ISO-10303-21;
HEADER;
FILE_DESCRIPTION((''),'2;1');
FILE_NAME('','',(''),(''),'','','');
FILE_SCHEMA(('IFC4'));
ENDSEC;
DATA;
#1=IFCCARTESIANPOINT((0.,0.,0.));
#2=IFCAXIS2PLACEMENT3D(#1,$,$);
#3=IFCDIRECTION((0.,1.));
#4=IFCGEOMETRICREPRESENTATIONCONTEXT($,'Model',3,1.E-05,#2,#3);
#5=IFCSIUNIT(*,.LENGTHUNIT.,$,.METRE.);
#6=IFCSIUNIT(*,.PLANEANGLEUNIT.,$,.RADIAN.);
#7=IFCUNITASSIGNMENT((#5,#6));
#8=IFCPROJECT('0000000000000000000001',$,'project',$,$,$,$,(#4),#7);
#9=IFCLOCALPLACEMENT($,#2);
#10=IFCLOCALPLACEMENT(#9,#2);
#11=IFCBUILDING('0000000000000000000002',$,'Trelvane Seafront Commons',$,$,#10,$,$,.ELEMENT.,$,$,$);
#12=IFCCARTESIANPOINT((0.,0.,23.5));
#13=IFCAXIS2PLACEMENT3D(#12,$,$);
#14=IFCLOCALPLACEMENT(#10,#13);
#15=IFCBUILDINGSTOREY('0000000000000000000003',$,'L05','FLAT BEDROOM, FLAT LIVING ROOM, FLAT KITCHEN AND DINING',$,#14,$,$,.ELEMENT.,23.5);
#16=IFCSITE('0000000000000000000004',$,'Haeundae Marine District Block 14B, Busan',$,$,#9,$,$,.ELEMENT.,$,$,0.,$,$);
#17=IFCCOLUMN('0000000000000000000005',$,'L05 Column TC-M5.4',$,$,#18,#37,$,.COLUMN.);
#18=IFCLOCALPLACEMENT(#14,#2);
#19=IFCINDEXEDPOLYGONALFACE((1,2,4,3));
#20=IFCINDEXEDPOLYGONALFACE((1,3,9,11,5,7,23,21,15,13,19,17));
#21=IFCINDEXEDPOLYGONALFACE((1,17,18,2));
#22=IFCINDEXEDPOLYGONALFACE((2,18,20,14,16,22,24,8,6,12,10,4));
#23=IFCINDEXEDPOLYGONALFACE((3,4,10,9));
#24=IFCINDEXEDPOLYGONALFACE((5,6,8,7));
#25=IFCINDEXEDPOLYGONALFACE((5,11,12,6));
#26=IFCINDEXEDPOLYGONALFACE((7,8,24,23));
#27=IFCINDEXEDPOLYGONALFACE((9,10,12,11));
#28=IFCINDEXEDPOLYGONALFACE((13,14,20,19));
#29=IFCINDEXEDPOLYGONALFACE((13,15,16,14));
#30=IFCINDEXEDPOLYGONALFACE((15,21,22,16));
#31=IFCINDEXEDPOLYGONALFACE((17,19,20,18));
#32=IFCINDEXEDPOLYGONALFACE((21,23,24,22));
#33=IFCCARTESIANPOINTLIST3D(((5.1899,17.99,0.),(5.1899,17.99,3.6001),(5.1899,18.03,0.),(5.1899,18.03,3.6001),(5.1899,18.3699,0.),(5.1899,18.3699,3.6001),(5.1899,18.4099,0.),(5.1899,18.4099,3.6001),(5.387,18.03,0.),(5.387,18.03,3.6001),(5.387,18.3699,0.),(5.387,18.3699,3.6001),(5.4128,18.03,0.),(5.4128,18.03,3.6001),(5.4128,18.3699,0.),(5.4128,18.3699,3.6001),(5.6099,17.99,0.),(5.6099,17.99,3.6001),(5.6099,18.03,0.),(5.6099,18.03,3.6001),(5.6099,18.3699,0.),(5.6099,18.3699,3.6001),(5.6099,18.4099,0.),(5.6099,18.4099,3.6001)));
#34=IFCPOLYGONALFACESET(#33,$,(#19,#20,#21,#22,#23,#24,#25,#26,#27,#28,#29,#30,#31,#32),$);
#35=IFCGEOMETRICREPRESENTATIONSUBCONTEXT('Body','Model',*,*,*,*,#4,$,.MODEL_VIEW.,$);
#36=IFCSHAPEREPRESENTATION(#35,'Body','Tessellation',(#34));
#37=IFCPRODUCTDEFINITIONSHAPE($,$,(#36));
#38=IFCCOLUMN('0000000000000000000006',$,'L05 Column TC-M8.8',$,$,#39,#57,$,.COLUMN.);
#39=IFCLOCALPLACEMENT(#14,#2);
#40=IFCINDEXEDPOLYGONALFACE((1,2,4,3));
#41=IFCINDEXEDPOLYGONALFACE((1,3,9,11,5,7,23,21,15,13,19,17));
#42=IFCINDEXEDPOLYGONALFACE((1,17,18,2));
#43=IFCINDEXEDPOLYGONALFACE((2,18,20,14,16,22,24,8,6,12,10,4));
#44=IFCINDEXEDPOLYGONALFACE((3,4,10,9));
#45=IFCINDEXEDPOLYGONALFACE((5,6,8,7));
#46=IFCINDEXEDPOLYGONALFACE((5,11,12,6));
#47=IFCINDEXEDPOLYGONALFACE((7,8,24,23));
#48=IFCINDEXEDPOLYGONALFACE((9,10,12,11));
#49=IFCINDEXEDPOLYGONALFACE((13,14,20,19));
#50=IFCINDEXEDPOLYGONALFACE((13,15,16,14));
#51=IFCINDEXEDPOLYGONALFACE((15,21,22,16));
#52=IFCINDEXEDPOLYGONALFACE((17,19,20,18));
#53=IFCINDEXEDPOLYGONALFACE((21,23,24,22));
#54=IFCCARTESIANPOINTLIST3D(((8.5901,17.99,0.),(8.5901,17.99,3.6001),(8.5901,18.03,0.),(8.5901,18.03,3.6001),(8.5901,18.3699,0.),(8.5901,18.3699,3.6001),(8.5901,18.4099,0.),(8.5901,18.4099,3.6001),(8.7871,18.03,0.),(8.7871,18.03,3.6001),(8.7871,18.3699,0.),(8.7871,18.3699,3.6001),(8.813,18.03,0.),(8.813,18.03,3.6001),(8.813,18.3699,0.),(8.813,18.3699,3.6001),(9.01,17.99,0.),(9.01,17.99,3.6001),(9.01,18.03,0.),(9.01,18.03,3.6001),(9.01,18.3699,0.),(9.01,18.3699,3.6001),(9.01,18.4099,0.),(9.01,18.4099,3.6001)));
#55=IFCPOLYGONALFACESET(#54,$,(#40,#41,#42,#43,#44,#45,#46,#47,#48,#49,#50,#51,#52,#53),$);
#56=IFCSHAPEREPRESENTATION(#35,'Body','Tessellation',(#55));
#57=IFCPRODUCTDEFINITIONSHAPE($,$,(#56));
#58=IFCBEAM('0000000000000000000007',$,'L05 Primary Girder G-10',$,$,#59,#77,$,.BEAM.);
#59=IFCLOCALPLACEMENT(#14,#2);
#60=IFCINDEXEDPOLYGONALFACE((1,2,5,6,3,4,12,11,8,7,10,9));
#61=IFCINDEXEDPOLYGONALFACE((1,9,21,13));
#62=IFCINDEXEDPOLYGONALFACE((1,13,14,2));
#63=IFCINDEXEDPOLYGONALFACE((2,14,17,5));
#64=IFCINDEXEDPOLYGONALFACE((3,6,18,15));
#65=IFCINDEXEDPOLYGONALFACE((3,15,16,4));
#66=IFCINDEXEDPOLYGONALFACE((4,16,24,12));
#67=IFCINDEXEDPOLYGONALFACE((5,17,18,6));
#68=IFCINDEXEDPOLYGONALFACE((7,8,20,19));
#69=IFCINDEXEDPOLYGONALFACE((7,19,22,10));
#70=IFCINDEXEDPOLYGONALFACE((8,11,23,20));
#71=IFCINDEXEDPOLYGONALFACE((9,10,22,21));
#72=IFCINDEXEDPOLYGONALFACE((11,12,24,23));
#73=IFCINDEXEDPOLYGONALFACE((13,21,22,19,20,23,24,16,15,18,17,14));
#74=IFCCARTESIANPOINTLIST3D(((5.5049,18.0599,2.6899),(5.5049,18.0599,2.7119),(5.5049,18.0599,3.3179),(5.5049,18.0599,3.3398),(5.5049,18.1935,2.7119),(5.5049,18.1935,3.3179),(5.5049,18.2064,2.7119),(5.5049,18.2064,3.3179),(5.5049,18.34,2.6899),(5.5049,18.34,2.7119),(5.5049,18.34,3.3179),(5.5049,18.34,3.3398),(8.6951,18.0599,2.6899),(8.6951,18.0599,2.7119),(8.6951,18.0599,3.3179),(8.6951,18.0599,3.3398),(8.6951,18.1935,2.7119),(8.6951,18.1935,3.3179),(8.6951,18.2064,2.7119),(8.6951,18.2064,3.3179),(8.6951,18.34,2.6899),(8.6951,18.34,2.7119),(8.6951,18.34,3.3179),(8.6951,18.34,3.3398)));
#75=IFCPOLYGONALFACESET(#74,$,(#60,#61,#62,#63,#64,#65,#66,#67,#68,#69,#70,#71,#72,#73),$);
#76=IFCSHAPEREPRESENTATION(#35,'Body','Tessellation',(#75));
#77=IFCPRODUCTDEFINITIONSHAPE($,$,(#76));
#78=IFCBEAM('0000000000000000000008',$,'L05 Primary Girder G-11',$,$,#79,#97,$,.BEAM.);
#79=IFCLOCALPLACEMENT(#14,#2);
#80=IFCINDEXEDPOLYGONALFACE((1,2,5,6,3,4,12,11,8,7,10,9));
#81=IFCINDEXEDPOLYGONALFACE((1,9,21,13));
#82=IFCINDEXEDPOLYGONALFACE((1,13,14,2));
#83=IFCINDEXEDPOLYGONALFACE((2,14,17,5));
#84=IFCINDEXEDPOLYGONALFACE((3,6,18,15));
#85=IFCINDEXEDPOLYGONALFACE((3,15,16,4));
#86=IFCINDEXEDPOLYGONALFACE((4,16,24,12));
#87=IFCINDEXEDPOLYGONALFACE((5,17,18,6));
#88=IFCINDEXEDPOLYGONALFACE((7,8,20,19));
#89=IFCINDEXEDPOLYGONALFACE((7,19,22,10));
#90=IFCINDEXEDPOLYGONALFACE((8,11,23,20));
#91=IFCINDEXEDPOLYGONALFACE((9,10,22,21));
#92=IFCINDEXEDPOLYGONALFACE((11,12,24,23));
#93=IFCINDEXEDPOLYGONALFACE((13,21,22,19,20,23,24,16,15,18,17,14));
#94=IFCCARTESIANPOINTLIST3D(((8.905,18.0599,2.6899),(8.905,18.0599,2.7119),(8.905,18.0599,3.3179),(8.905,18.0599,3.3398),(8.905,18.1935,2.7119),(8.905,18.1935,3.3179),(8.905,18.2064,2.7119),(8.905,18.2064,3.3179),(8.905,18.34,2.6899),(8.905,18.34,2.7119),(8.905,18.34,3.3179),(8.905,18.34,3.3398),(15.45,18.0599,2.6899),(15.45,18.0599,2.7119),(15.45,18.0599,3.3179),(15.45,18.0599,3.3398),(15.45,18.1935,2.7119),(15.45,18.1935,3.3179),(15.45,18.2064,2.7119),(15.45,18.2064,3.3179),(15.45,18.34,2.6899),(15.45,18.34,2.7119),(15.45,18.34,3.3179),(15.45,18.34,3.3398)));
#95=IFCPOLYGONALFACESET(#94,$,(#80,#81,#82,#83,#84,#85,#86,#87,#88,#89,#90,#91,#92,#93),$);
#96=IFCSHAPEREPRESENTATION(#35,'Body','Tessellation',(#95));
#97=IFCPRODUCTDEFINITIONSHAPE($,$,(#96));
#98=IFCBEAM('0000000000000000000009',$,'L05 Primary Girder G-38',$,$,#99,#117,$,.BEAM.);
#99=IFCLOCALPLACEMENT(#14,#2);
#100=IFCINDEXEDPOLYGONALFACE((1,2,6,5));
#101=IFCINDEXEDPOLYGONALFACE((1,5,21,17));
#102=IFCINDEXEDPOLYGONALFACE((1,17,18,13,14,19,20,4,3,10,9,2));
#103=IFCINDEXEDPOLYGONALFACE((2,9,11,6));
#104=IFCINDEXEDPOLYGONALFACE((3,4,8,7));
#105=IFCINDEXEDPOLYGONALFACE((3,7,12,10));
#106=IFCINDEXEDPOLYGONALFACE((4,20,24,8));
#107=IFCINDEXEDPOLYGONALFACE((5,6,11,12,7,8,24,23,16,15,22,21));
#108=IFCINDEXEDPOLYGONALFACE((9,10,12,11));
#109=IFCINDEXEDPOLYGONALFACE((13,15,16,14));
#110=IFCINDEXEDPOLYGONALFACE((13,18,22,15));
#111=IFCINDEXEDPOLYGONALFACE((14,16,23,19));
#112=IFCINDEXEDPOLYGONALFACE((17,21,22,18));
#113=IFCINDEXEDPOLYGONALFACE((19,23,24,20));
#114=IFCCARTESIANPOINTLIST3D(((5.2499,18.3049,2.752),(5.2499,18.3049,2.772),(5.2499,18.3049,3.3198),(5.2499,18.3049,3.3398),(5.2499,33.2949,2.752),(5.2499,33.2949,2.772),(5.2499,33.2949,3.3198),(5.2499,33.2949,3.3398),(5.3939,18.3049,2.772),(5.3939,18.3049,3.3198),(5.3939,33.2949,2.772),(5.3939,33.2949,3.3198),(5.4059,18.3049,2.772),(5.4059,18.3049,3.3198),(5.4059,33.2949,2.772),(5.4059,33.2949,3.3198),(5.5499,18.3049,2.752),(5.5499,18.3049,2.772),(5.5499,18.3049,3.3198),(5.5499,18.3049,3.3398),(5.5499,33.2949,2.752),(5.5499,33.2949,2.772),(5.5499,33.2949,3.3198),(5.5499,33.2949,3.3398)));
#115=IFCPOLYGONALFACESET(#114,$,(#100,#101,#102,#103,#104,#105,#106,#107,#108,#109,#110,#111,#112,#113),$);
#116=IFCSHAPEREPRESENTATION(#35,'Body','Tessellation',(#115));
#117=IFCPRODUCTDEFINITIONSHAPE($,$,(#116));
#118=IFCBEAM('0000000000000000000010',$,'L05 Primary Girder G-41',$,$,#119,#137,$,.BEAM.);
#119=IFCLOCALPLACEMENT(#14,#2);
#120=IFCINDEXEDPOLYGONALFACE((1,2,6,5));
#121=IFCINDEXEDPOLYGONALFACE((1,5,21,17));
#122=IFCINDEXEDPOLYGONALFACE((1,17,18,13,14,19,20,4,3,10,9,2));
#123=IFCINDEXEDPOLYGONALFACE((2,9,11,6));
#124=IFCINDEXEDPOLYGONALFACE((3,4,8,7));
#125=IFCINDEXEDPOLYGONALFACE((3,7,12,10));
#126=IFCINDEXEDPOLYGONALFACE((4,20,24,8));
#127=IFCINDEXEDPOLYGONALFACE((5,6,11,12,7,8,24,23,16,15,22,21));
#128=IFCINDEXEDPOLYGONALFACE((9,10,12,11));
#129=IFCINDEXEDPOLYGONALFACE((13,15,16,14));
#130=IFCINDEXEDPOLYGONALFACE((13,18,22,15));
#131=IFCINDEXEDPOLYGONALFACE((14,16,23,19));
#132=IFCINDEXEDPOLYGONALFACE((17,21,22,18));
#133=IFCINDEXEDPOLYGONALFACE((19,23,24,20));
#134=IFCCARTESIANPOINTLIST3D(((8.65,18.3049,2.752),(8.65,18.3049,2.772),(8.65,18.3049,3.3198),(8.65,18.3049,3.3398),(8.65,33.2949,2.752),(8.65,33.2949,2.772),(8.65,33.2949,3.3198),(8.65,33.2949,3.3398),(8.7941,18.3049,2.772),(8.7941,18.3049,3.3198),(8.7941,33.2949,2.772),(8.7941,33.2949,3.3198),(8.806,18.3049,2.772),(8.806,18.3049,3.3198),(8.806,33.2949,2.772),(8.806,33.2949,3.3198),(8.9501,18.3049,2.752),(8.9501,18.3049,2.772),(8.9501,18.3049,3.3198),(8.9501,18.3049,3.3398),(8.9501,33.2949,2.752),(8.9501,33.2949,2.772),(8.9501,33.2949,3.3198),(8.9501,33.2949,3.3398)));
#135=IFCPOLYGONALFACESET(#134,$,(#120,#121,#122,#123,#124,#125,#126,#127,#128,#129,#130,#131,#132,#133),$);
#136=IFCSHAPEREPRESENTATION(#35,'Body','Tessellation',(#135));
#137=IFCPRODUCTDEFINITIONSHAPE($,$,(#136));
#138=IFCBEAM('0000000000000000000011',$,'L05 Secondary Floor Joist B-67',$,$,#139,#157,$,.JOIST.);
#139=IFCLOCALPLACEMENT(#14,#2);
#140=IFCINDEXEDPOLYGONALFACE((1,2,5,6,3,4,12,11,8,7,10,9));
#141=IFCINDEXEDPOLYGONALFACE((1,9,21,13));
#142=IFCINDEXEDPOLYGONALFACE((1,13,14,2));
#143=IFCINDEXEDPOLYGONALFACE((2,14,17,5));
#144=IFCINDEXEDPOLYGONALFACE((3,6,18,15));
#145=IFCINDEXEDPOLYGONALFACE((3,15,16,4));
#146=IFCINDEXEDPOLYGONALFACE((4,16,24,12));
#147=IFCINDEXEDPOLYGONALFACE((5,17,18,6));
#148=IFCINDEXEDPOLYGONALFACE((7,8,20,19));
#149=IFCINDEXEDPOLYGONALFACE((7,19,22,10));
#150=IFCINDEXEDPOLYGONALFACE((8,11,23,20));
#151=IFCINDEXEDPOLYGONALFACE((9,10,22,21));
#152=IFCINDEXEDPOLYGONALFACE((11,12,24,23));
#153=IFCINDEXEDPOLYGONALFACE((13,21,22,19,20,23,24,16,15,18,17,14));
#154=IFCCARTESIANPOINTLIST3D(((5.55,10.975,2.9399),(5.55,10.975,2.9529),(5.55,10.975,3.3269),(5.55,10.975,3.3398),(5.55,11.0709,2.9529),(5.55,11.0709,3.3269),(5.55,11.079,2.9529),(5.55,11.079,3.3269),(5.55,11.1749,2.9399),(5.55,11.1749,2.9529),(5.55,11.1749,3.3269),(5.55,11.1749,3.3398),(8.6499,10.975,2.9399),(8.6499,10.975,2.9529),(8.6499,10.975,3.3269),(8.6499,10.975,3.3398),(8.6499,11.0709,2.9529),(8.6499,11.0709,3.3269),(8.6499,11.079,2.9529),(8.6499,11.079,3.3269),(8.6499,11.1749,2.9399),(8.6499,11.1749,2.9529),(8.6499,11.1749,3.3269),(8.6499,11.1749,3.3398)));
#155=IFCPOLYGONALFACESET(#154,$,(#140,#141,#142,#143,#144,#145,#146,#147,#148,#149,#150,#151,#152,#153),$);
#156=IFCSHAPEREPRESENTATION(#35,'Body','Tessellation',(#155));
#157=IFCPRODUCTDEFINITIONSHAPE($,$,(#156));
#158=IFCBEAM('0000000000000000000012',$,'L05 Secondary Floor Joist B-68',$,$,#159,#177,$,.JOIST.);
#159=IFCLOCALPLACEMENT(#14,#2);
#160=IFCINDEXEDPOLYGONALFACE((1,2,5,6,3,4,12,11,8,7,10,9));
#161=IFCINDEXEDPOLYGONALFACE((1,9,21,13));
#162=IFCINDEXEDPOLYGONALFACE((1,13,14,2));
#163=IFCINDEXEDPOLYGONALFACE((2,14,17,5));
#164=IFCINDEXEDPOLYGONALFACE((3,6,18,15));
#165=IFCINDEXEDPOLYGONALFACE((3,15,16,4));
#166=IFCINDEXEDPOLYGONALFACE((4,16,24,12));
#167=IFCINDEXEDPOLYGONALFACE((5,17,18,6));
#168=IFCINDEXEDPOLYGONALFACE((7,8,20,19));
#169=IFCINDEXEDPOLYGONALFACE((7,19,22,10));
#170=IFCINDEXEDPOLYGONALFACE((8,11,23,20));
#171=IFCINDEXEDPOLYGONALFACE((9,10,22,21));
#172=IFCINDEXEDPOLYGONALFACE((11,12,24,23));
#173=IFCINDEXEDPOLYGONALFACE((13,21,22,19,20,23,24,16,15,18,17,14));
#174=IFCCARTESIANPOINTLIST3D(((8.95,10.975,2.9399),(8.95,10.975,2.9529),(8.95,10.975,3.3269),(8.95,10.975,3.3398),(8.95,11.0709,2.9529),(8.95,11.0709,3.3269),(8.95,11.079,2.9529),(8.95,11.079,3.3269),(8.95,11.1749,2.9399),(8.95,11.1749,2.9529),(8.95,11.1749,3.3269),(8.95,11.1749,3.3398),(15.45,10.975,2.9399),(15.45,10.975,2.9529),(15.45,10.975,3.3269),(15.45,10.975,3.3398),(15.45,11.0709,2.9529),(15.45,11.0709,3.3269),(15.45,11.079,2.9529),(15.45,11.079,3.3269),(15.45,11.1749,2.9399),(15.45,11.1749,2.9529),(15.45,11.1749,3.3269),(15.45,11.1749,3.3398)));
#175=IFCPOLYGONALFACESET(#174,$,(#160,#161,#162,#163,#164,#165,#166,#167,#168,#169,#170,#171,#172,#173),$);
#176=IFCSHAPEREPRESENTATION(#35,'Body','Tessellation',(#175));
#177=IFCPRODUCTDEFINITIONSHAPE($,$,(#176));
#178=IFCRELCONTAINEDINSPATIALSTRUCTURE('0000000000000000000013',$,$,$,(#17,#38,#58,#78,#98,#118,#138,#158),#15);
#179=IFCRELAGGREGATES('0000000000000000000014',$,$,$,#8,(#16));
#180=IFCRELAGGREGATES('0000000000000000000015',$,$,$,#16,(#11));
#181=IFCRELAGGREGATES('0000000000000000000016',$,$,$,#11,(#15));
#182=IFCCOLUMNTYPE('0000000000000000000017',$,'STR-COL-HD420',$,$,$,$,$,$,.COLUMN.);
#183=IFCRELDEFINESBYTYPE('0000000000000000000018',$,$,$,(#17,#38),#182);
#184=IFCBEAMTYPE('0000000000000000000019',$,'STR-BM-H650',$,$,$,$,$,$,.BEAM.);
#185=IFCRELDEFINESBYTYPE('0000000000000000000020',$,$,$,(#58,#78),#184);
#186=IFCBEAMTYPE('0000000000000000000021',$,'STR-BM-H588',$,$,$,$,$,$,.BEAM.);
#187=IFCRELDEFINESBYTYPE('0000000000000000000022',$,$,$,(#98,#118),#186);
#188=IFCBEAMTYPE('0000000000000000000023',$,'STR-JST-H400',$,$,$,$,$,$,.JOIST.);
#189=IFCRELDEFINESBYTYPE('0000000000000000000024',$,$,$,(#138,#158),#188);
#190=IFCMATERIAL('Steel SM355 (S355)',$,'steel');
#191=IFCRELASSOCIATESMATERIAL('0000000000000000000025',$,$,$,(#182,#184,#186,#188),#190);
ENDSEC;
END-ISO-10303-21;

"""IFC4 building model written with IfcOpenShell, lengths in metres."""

from ifc_helpers import new_model, si_unit, direction, frame, origin, origin_2d, place, context, subcontext, project, spatial, i_section, extrude, source, transform, mapped, material, material_profile, profile_set, type_object, element, save


model = new_model("IFC4")

# Units and contexts
model_context = context("Model", 3, precision=1e-05, world=origin(), true_north=direction((0.0, 1.0)))
body_context = subcontext(model_context, "Body", "Model", "MODEL_VIEW")
ifc_project = project(units=[si_unit("LENGTHUNIT", "METRE"), si_unit("PLANEANGLEUNIT", "RADIAN")], contexts=[model_context])

# Site, building, storey
site_placement = place(None, origin())
site = spatial("IfcSite", under=ifc_project, at=site_placement, Name="Haeundae Marine District Block 14B, Busan", CompositionType="ELEMENT", RefElevation=0.0)
building_placement = place(site_placement, origin())
building = spatial("IfcBuilding", under=site, at=building_placement, Name="Trelvane Seafront Commons", CompositionType="ELEMENT")
storey_placement = place(building_placement, frame((0.0, 0.0, 23.5)))
storey = spatial("IfcBuildingStorey", under=building, at=storey_placement, Name="L05", Description="FLAT BEDROOM, FLAT LIVING ROOM, FLAT KITCHEN AND DINING", CompositionType="ELEMENT", Elevation=23.5)

# Columns
ifc_material_1 = material(Name="Steel SM355 (S355)", Category="steel")
ifc_material_profile_1 = material_profile(ifc_material_1, i_section(OverallWidth=0.4199, OverallDepth=0.4199, WebThickness=0.0259, FlangeThickness=0.04, at=origin_2d()), Name="HD-420x420x26x40")
ifc_profile_set_1 = profile_set([ifc_material_profile_1], Name="Steel SM355 (S355)")
column_type = type_object("IfcColumnType", Name="STR-COL-HD420", PredefinedType="COLUMN", material=ifc_profile_set_1)
shared_shape_1 = source(origin(), body_context, "Body", "SweptSolid", [
    extrude(i_section(OverallWidth=0.4199, OverallDepth=0.4199, WebThickness=0.0259, FlangeThickness=0.04, at=origin_2d()), origin(), (0.0, 0.0, 1.0), 3.6001),
])
for number, where, z_axis, x_axis, name in (
    (1, (5.3999, 18.2, 0.0), (0.0, 0.0, 1.0), (1.0, 0.0, 0.0), "L05 Column TC-M5.4"),
    (2, (8.8, 18.2, 0.0), (0.0, 0.0, 1.0), (1.0, 0.0, 0.0), "L05 Column TC-M8.8"),
):
    element("IfcColumn", number, at=place(storey_placement, frame(where, z_axis=z_axis, x_axis=x_axis)), inside=storey, type_object=column_type, Name=name, PredefinedType="COLUMN", context=body_context, shape_type="MappedRepresentation", body=[
        mapped(shared_shape_1, transform((0.0, 0.0, 0.0), x_axis=(1.0, 0.0, 0.0), y_axis=(0.0, 1.0, 0.0), z_axis=(0.0, 0.0, 1.0), scale=1.0)),
    ])

# Beams
ifc_material_profile_2 = material_profile(ifc_material_1, i_section(OverallWidth=0.28, OverallDepth=0.6499, WebThickness=0.0129, FlangeThickness=0.022, at=origin_2d()), Name="H-650x280x13x22")
ifc_profile_set_2 = profile_set([ifc_material_profile_2], Name="Steel SM355 (S355)")
beam_type_1 = type_object("IfcBeamType", Name="STR-BM-H650", PredefinedType="BEAM", material=ifc_profile_set_2)
shared_shape_2 = source(origin(), body_context, "Body", "SweptSolid", [
    extrude(i_section(OverallWidth=0.28, OverallDepth=0.6499, WebThickness=0.0129, FlangeThickness=0.022, at=origin_2d()), origin(), (0.0, 0.0, 1.0), 3.1902),
])
beam_1_placement = place(storey_placement, frame((5.5049, 18.2, 3.0149), z_axis=(1.0, 0.0, 0.0), x_axis=(0.0, 1.0, 0.0)))
element("IfcBeam", 3, at=beam_1_placement, inside=storey, type_object=beam_type_1, Name="L05 Primary Girder G-10", PredefinedType="BEAM", context=body_context, shape_type="MappedRepresentation", body=[
    mapped(shared_shape_2, transform((0.0, 0.0, 0.0), x_axis=(1.0, 0.0, 0.0), y_axis=(0.0, 1.0, 0.0), z_axis=(0.0, 0.0, 1.0), scale=1.0)),
])
shared_shape_3 = source(origin(), body_context, "Body", "SweptSolid", [
    extrude(i_section(OverallWidth=0.28, OverallDepth=0.6499, WebThickness=0.0129, FlangeThickness=0.022, at=origin_2d()), origin(), (0.0, 0.0, 1.0), 6.5449),
])
beam_2_placement = place(storey_placement, frame((8.905, 18.2, 3.0149), z_axis=(1.0, 0.0, 0.0), x_axis=(0.0, 1.0, 0.0)))
element("IfcBeam", 4, at=beam_2_placement, inside=storey, type_object=beam_type_1, Name="L05 Primary Girder G-11", PredefinedType="BEAM", context=body_context, shape_type="MappedRepresentation", body=[
    mapped(shared_shape_3, transform((0.0, 0.0, 0.0), x_axis=(1.0, 0.0, 0.0), y_axis=(0.0, 1.0, 0.0), z_axis=(0.0, 0.0, 1.0), scale=1.0)),
])
ifc_material_profile_3 = material_profile(ifc_material_1, i_section(OverallWidth=0.3, OverallDepth=0.5879, WebThickness=0.012, FlangeThickness=0.02, at=origin_2d()), Name="H-588x300x12x20")
ifc_profile_set_3 = profile_set([ifc_material_profile_3], Name="Steel SM355 (S355)")
beam_type_2 = type_object("IfcBeamType", Name="STR-BM-H588", PredefinedType="BEAM", material=ifc_profile_set_3)
shared_shape_4 = source(origin(), body_context, "Body", "SweptSolid", [
    extrude(i_section(OverallWidth=0.3, OverallDepth=0.5879, WebThickness=0.012, FlangeThickness=0.02, at=origin_2d()), origin(), (0.0, 0.0, 1.0), 14.99),
])
for number, where, z_axis, x_axis, name in (
    (5, (5.3999, 18.3049, 3.0459), (0.0, 1.0, 0.0), (-1.0, 0.0, 0.0), "L05 Primary Girder G-38"),
    (6, (8.8, 18.3049, 3.0459), (0.0, 1.0, 0.0), (-1.0, 0.0, 0.0), "L05 Primary Girder G-41"),
):
    element("IfcBeam", number, at=place(storey_placement, frame(where, z_axis=z_axis, x_axis=x_axis)), inside=storey, type_object=beam_type_2, Name=name, PredefinedType="BEAM", context=body_context, shape_type="MappedRepresentation", body=[
        mapped(shared_shape_4, transform((0.0, 0.0, 0.0), x_axis=(1.0, 0.0, 0.0), y_axis=(0.0, 1.0, 0.0), z_axis=(0.0, 0.0, 1.0), scale=1.0)),
    ])
ifc_material_profile_4 = material_profile(ifc_material_1, i_section(OverallWidth=0.2, OverallDepth=0.3999, WebThickness=0.0081, FlangeThickness=0.0129, at=origin_2d()), Name="H-400x200x8x13")
ifc_profile_set_4 = profile_set([ifc_material_profile_4], Name="Steel SM355 (S355)")
beam_type_3 = type_object("IfcBeamType", Name="STR-JST-H400", PredefinedType="JOIST", material=ifc_profile_set_4)
shared_shape_5 = source(origin(), body_context, "Body", "SweptSolid", [
    extrude(i_section(OverallWidth=0.2, OverallDepth=0.3999, WebThickness=0.0081, FlangeThickness=0.0129, at=origin_2d()), origin(), (0.0, 0.0, 1.0), 3.0999),
])
beam_3_placement = place(storey_placement, frame((5.55, 11.075, 3.1399), z_axis=(1.0, 0.0, 0.0), x_axis=(0.0, 1.0, 0.0)))
element("IfcBeam", 7, at=beam_3_placement, inside=storey, type_object=beam_type_3, Name="L05 Secondary Floor Joist B-67", PredefinedType="JOIST", context=body_context, shape_type="MappedRepresentation", body=[
    mapped(shared_shape_5, transform((0.0, 0.0, 0.0), x_axis=(1.0, 0.0, 0.0), y_axis=(0.0, 1.0, 0.0), z_axis=(0.0, 0.0, 1.0), scale=1.0)),
])
shared_shape_6 = source(origin(), body_context, "Body", "SweptSolid", [
    extrude(i_section(OverallWidth=0.2, OverallDepth=0.3999, WebThickness=0.0081, FlangeThickness=0.0129, at=origin_2d()), origin(), (0.0, 0.0, 1.0), 6.5),
])
beam_4_placement = place(storey_placement, frame((8.95, 11.075, 3.1399), z_axis=(1.0, 0.0, 0.0), x_axis=(0.0, 1.0, 0.0)))
element("IfcBeam", 8, at=beam_4_placement, inside=storey, type_object=beam_type_3, Name="L05 Secondary Floor Joist B-68", PredefinedType="JOIST", context=body_context, shape_type="MappedRepresentation", body=[
    mapped(shared_shape_6, transform((0.0, 0.0, 0.0), x_axis=(1.0, 0.0, 0.0), y_axis=(0.0, 1.0, 0.0), z_axis=(0.0, 0.0, 1.0), scale=1.0)),
])

save(model, "model.ifc")
